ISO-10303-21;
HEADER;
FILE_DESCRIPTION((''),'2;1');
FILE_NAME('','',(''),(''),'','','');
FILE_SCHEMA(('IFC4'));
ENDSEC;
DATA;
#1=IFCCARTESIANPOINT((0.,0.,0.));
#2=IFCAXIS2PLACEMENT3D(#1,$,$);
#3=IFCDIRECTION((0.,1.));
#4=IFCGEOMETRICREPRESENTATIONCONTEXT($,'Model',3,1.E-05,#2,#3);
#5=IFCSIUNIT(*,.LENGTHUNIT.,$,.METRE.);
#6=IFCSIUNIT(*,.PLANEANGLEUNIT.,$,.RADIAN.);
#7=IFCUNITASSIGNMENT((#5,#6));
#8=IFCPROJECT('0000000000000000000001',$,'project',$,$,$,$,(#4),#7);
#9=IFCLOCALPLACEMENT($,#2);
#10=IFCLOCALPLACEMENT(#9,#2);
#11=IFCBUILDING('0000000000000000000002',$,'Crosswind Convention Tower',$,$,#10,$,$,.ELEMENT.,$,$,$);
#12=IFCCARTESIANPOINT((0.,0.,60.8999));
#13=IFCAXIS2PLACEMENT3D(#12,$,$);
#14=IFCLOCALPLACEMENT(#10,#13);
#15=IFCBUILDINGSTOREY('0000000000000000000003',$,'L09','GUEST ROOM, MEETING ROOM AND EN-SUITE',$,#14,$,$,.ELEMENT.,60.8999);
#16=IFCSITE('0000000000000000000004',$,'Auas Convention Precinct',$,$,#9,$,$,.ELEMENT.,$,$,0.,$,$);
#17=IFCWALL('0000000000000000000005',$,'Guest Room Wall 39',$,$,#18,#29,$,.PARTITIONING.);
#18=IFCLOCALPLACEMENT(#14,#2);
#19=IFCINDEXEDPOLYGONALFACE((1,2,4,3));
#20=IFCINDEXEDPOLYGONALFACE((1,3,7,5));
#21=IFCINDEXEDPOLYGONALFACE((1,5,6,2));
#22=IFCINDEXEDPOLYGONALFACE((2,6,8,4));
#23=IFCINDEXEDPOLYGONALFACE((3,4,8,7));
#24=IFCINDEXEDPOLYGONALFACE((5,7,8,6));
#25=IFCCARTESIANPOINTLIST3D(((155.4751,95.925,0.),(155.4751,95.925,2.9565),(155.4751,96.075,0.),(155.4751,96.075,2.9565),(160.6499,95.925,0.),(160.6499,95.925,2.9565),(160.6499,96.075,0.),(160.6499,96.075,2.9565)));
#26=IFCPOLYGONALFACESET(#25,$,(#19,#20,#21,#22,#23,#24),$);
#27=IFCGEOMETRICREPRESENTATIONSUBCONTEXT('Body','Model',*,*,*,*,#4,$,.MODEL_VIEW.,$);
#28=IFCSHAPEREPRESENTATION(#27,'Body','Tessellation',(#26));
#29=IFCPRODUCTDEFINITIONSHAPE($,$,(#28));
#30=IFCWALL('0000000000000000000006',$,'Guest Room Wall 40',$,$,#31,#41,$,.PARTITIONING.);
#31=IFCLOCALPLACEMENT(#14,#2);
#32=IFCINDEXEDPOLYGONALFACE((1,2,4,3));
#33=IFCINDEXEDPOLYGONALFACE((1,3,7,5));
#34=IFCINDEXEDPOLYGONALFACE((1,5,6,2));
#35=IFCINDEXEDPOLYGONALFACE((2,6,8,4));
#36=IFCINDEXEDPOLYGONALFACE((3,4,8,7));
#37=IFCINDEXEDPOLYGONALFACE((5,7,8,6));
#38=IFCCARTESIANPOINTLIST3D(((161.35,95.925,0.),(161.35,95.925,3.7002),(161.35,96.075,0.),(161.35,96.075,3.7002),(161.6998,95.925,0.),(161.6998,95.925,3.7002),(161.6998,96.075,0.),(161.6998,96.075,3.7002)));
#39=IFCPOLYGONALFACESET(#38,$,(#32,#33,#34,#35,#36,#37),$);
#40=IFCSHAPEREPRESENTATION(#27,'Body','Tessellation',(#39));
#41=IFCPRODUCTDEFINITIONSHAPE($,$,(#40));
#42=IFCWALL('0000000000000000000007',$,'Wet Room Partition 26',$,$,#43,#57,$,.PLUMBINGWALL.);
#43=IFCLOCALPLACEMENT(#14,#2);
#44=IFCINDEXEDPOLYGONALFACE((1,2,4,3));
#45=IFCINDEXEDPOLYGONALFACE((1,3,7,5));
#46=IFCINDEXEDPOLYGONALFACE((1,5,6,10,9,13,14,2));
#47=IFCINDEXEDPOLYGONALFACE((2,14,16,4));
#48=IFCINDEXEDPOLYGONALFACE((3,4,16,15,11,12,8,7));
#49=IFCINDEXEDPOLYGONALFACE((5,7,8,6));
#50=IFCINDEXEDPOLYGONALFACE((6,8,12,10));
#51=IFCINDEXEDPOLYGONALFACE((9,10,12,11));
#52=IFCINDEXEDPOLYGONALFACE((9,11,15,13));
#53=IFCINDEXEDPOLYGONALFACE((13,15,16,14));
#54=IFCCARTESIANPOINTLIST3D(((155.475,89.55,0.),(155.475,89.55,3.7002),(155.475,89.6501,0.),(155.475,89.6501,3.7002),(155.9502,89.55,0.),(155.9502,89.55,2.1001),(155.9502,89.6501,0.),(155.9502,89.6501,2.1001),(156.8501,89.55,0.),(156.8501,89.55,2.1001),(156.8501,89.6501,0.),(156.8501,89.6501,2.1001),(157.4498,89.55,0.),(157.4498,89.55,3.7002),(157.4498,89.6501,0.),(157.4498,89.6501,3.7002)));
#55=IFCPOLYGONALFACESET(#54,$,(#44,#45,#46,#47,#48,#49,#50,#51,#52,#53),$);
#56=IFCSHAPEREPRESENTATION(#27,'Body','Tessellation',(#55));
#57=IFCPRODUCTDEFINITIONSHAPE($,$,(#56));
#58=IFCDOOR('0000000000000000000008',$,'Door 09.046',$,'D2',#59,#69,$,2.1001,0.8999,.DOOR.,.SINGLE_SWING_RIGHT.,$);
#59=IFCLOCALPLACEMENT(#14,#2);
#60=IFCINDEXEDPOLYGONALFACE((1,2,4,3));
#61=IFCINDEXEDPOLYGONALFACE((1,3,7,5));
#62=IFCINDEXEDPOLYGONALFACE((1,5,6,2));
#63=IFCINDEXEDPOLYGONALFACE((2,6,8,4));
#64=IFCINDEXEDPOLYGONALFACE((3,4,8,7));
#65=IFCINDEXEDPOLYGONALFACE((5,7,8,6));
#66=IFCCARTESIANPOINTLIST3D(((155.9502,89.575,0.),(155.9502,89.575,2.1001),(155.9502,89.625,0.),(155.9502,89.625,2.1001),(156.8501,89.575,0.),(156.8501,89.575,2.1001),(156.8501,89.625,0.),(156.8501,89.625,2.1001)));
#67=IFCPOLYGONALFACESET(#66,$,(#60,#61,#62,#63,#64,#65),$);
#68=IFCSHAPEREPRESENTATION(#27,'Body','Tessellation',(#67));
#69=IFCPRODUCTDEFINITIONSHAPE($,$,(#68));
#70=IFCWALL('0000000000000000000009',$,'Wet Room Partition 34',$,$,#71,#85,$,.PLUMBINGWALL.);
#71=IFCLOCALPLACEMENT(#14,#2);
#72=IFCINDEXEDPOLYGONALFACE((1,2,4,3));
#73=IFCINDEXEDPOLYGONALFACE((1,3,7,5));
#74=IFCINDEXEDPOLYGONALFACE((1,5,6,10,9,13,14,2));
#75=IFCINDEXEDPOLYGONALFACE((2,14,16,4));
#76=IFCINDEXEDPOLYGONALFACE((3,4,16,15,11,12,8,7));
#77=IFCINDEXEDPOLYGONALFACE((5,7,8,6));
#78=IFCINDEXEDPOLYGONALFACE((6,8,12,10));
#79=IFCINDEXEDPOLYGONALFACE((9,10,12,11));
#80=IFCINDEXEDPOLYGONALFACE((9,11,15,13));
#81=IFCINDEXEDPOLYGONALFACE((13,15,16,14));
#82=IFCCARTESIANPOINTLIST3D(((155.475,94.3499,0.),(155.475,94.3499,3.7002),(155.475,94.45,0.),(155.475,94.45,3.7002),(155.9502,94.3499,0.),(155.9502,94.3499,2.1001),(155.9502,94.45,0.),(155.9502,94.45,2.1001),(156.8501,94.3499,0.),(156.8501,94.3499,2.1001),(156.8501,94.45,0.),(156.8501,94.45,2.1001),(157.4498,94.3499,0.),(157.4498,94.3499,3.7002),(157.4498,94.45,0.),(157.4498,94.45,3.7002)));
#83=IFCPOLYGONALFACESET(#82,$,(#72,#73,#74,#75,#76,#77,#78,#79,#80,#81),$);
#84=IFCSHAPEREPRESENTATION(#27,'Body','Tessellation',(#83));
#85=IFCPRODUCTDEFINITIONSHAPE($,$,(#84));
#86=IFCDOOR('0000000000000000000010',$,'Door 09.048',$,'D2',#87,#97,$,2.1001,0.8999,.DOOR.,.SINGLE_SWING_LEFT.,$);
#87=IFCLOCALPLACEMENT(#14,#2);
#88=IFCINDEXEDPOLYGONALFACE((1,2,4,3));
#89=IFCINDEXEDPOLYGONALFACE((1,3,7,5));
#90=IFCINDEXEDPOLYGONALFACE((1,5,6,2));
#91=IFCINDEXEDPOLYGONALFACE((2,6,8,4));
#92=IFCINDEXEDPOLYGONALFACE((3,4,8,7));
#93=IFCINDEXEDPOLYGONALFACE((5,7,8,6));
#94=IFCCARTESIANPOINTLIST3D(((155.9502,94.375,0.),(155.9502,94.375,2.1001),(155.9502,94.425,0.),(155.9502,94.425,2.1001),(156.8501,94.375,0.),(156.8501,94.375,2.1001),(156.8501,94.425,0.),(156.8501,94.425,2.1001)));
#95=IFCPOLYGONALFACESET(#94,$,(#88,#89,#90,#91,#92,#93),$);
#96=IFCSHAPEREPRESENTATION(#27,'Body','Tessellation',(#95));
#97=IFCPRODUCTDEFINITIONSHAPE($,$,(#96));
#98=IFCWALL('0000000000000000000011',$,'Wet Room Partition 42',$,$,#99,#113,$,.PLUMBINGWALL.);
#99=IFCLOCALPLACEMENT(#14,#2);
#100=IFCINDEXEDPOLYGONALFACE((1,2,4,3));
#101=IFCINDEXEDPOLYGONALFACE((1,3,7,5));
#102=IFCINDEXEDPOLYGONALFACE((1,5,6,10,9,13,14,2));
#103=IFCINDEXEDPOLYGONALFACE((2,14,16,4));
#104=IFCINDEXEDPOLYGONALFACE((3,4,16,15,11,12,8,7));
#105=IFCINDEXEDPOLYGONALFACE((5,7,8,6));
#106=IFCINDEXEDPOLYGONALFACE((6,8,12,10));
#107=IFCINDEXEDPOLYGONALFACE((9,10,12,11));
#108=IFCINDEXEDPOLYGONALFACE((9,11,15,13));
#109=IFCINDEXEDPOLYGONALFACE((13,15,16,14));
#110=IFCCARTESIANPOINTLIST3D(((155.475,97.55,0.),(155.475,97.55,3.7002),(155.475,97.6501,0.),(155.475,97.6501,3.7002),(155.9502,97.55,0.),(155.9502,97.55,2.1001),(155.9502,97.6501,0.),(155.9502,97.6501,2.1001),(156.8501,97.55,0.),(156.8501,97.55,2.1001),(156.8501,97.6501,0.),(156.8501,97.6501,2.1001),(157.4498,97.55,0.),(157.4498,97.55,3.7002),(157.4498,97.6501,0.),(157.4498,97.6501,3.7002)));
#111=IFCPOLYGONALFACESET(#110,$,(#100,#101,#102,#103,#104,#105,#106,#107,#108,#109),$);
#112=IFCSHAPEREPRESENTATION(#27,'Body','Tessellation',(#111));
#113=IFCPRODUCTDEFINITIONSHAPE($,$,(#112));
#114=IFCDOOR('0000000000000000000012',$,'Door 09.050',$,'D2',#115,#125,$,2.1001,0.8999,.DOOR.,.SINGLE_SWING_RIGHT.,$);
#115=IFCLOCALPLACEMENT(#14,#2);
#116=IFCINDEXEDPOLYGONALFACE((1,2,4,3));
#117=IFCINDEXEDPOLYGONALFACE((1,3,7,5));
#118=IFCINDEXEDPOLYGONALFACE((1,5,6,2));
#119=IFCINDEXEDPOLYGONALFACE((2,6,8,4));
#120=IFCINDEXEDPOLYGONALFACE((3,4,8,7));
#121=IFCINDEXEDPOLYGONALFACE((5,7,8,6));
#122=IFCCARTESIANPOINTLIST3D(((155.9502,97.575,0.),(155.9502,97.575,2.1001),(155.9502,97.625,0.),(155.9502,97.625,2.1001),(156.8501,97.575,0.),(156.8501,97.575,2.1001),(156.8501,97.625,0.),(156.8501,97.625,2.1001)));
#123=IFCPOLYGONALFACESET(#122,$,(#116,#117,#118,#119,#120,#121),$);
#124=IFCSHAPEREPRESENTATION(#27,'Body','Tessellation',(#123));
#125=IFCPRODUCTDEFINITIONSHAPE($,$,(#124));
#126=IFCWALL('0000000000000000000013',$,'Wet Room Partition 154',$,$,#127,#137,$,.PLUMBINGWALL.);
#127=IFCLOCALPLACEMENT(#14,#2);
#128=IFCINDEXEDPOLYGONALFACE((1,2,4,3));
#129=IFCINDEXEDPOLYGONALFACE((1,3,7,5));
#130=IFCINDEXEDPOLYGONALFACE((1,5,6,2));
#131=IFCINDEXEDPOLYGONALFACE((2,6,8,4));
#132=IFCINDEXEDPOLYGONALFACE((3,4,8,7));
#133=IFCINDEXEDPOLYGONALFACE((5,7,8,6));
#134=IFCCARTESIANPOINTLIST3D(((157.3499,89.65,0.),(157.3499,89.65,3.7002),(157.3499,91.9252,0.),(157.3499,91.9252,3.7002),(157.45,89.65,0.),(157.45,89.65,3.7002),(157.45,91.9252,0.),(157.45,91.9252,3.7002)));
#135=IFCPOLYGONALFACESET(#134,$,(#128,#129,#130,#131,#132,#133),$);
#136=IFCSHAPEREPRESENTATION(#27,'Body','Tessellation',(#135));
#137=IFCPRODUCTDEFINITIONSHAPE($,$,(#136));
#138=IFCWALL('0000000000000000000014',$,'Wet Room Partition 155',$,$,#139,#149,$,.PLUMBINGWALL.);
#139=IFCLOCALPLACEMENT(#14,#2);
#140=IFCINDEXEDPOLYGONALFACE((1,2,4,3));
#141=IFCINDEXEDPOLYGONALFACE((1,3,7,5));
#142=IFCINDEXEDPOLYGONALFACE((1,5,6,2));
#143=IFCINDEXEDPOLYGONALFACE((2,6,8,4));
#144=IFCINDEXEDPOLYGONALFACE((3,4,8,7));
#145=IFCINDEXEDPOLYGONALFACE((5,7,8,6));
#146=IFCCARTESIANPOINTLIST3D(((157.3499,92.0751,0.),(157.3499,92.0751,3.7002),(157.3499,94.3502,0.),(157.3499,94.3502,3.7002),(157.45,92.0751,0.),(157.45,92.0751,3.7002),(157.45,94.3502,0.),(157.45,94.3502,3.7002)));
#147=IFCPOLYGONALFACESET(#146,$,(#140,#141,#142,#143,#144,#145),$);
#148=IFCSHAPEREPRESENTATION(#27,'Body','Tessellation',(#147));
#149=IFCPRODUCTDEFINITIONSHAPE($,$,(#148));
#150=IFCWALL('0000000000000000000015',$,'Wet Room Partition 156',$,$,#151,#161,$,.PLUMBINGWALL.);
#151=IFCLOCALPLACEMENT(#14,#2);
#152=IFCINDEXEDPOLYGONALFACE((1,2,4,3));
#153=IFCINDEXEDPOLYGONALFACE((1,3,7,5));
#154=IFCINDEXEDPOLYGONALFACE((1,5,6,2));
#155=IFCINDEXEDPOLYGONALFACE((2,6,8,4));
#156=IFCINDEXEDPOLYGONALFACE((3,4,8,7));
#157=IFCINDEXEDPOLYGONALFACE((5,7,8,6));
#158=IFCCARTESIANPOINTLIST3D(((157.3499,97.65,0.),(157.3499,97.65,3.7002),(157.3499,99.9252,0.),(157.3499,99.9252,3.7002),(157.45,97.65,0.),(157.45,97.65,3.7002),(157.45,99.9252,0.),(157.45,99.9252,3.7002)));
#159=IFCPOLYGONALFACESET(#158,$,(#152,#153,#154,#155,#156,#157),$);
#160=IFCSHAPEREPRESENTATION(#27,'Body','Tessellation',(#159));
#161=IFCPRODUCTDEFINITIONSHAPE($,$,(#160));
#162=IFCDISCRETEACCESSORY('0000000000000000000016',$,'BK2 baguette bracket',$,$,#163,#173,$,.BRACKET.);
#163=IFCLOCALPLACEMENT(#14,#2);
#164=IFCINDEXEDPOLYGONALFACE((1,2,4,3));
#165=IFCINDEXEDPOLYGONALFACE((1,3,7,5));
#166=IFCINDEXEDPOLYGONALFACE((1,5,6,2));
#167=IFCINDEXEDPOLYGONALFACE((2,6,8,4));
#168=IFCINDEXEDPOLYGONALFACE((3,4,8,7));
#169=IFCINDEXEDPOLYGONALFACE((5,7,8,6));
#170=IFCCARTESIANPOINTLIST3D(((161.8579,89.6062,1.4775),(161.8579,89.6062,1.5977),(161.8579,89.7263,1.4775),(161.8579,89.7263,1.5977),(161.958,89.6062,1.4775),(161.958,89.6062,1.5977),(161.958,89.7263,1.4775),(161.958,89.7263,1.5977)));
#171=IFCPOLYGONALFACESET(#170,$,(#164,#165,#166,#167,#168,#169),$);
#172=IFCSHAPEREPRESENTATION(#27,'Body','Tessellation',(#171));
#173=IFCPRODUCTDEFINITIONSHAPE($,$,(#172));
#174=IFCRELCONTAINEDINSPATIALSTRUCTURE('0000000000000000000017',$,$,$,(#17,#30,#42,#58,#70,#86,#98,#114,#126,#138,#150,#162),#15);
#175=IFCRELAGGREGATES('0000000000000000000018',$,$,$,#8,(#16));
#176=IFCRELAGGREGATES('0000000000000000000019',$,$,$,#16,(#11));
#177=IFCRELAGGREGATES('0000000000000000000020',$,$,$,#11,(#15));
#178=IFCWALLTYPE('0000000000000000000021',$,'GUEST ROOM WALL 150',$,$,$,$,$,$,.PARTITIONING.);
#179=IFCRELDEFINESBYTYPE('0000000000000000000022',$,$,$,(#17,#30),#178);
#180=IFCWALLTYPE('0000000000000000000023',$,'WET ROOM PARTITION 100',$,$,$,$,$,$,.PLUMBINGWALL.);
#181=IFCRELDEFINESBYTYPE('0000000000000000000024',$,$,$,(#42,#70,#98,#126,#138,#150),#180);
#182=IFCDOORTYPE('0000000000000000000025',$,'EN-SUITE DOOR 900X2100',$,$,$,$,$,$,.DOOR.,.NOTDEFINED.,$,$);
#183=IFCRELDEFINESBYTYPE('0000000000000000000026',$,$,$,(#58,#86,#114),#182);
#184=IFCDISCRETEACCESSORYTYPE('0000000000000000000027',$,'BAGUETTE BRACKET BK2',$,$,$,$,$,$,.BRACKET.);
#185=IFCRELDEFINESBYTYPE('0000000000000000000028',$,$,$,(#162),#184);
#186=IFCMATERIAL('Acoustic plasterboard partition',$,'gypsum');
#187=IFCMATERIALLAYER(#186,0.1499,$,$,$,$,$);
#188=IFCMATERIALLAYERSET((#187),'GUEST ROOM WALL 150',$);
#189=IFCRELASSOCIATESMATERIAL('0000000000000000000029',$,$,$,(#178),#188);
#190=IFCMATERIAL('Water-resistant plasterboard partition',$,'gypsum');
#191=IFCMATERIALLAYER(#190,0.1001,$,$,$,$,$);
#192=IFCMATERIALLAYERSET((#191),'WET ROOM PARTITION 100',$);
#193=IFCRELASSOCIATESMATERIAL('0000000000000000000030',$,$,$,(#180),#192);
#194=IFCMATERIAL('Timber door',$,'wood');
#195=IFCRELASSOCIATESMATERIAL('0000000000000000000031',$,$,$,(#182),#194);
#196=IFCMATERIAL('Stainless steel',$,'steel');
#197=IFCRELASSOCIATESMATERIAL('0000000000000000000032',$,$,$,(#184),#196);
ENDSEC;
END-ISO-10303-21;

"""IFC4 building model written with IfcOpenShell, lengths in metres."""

from ifc_helpers import new_model, si_unit, direction, frame, frame_2d, origin, origin_2d, place, context, subcontext, project, spatial, rectangle, extrude, material, layer, layer_set, type_object, element, fill, save


model = new_model("IFC4")

# Units and contexts
model_context = context("Model", 3, precision=1e-05, world=origin(), true_north=direction((0.0, 1.0)))
body_context = subcontext(model_context, "Body", "Model", "MODEL_VIEW")
ifc_project = project(units=[si_unit("LENGTHUNIT", "METRE"), si_unit("PLANEANGLEUNIT", "RADIAN")], contexts=[model_context])

# Site, building, storey
site_placement = place(None, origin())
site = spatial("IfcSite", under=ifc_project, at=site_placement, Name="Auas Convention Precinct", CompositionType="ELEMENT", RefElevation=0.0)
building_placement = place(site_placement, origin())
building = spatial("IfcBuilding", under=site, at=building_placement, Name="Crosswind Convention Tower", CompositionType="ELEMENT")
storey_placement = place(building_placement, frame((0.0, 0.0, 60.8999)))
storey = spatial("IfcBuildingStorey", under=building, at=storey_placement, Name="L09", Description="GUEST ROOM, MEETING ROOM AND EN-SUITE", CompositionType="ELEMENT", Elevation=60.8999)

# Walls
ifc_material_1 = material(Name="Acoustic plasterboard partition", Category="gypsum")
ifc_layer_1 = layer(ifc_material_1, 0.1499)
ifc_layer_set_1 = layer_set([ifc_layer_1], Name="GUEST ROOM WALL 150")
wall_type_1 = type_object("IfcWallType", Name="GUEST ROOM WALL 150", PredefinedType="PARTITIONING", material=ifc_layer_set_1)
wall_1_placement = place(storey_placement, frame((155.4751, 96.0, 0.0), z_axis=(0.0, 0.0, 1.0), x_axis=(1.0, 0.0, 0.0)))
element("IfcWall", 1, at=wall_1_placement, inside=storey, type_object=wall_type_1, Name="Guest Room Wall 39", PredefinedType="PARTITIONING", context=body_context, shape_type="SweptSolid", body=[
    extrude(rectangle(XDim=5.1748, YDim=0.1499, at=frame_2d((2.5874, 0.0))), origin(), (0.0, 0.0, 1.0), 2.9565),
])
wall_2_placement = place(storey_placement, frame((161.3501, 96.0, 0.0), z_axis=(0.0, 0.0, 1.0), x_axis=(1.0, 0.0, 0.0)))
element("IfcWall", 2, at=wall_2_placement, inside=storey, type_object=wall_type_1, Name="Guest Room Wall 40", PredefinedType="PARTITIONING", context=body_context, shape_type="SweptSolid", body=[
    extrude(rectangle(XDim=0.3499, YDim=0.1499, at=frame_2d((0.1748, 0.0))), origin(), (0.0, 0.0, 1.0), 3.7002),
])

# Walls, openings, doors
ifc_material_2 = material(Name="Water-resistant plasterboard partition", Category="gypsum")
ifc_layer_2 = layer(ifc_material_2, 0.1001)
ifc_layer_set_2 = layer_set([ifc_layer_2], Name="WET ROOM PARTITION 100")
wall_type_2 = type_object("IfcWallType", Name="WET ROOM PARTITION 100", PredefinedType="PLUMBINGWALL", material=ifc_layer_set_2)
wall_3_placement = place(storey_placement, frame((155.4751, 89.6001, 0.0), z_axis=(0.0, 0.0, 1.0), x_axis=(1.0, 0.0, 0.0)))
wall_3 = element("IfcWall", 3, at=wall_3_placement, inside=storey, type_object=wall_type_2, Name="Wet Room Partition 26", PredefinedType="PLUMBINGWALL", context=body_context, shape_type="SweptSolid", body=[
    extrude(rectangle(XDim=1.9749, YDim=0.1001, at=frame_2d((0.9873, 0.0))), origin(), (0.0, 0.0, 1.0), 3.7002),
])
opening_1_placement = place(wall_3_placement, frame((0.4751, 0.0, 0.0)))
opening_1 = element("IfcOpeningElement", 4, at=opening_1_placement, cuts=wall_3, PredefinedType="OPENING", context=body_context, shape_type="SweptSolid", body=[
    extrude(rectangle(XDim=0.8999, YDim=2.1001, at=frame_2d((0.45, 1.05))), frame((0.0, 0.0601, 0.0), z_axis=(0.0, -1.0, 0.0), x_axis=(1.0, 0.0, 0.0)), (0.0, 0.0, 1.0), 0.1201),
])
ifc_material_3 = material(Name="Timber door", Category="wood")
door_type = type_object("IfcDoorType", Name="EN-SUITE DOOR 900X2100", OperationType="NOTDEFINED", PredefinedType="DOOR", material=ifc_material_3)
door_1_placement = place(opening_1_placement, origin())
door_1 = element("IfcDoor", 5, at=door_1_placement, inside=storey, type_object=door_type, Name="Door 09.046", ObjectType="D2", OperationType="SINGLE_SWING_RIGHT", OverallHeight=2.1001, OverallWidth=0.8999, PredefinedType="DOOR", context=body_context, shape_type="SweptSolid", body=[
    extrude(rectangle(XDim=0.8999, YDim=2.1001, at=frame_2d((0.45, 1.05))), frame((0.0, 0.0249, 0.0), z_axis=(0.0, -1.0, 0.0), x_axis=(1.0, 0.0, 0.0)), (0.0, 0.0, 1.0), 0.05),
])
fill(opening_1, door_1)
wall_4_placement = place(storey_placement, frame((155.4751, 94.3999, 0.0), z_axis=(0.0, 0.0, 1.0), x_axis=(1.0, 0.0, 0.0)))
wall_4 = element("IfcWall", 6, at=wall_4_placement, inside=storey, type_object=wall_type_2, Name="Wet Room Partition 34", PredefinedType="PLUMBINGWALL", context=body_context, shape_type="SweptSolid", body=[
    extrude(rectangle(XDim=1.9749, YDim=0.1001, at=frame_2d((0.9873, 0.0))), origin(), (0.0, 0.0, 1.0), 3.7002),
])
opening_2_placement = place(wall_4_placement, frame((0.4751, 0.0, 0.0)))
opening_2 = element("IfcOpeningElement", 7, at=opening_2_placement, cuts=wall_4, PredefinedType="OPENING", context=body_context, shape_type="SweptSolid", body=[
    extrude(rectangle(XDim=0.8999, YDim=2.1001, at=frame_2d((0.45, 1.05))), frame((0.0, 0.0601, 0.0), z_axis=(0.0, -1.0, 0.0), x_axis=(1.0, 0.0, 0.0)), (0.0, 0.0, 1.0), 0.1201),
])
door_2_placement = place(opening_2_placement, frame((0.8999, 0.0, 0.0), z_axis=(0.0, 0.0, 1.0), x_axis=(-1.0, 0.0, 0.0)))
door_2 = element("IfcDoor", 8, at=door_2_placement, inside=storey, type_object=door_type, Name="Door 09.048", ObjectType="D2", OperationType="SINGLE_SWING_LEFT", OverallHeight=2.1001, OverallWidth=0.8999, PredefinedType="DOOR", context=body_context, shape_type="SweptSolid", body=[
    extrude(rectangle(XDim=0.8999, YDim=2.1001, at=frame_2d((0.45, 1.05))), frame((0.0, 0.0249, 0.0), z_axis=(0.0, -1.0, 0.0), x_axis=(1.0, 0.0, 0.0)), (0.0, 0.0, 1.0), 0.05),
])
fill(opening_2, door_2)
wall_5_placement = place(storey_placement, frame((155.4751, 97.6001, 0.0), z_axis=(0.0, 0.0, 1.0), x_axis=(1.0, 0.0, 0.0)))
wall_5 = element("IfcWall", 9, at=wall_5_placement, inside=storey, type_object=wall_type_2, Name="Wet Room Partition 42", PredefinedType="PLUMBINGWALL", context=body_context, shape_type="SweptSolid", body=[
    extrude(rectangle(XDim=1.9749, YDim=0.1001, at=frame_2d((0.9873, 0.0))), origin(), (0.0, 0.0, 1.0), 3.7002),
])
opening_3_placement = place(wall_5_placement, frame((0.4751, 0.0, 0.0)))
opening_3 = element("IfcOpeningElement", 10, at=opening_3_placement, cuts=wall_5, PredefinedType="OPENING", context=body_context, shape_type="SweptSolid", body=[
    extrude(rectangle(XDim=0.8999, YDim=2.1001, at=frame_2d((0.45, 1.05))), frame((0.0, 0.0601, 0.0), z_axis=(0.0, -1.0, 0.0), x_axis=(1.0, 0.0, 0.0)), (0.0, 0.0, 1.0), 0.1201),
])
door_3_placement = place(opening_3_placement, origin())
door_3 = element("IfcDoor", 11, at=door_3_placement, inside=storey, type_object=door_type, Name="Door 09.050", ObjectType="D2", OperationType="SINGLE_SWING_RIGHT", OverallHeight=2.1001, OverallWidth=0.8999, PredefinedType="DOOR", context=body_context, shape_type="SweptSolid", body=[
    extrude(rectangle(XDim=0.8999, YDim=2.1001, at=frame_2d((0.45, 1.05))), frame((0.0, 0.0249, 0.0), z_axis=(0.0, -1.0, 0.0), x_axis=(1.0, 0.0, 0.0)), (0.0, 0.0, 1.0), 0.05),
])
fill(opening_3, door_3)

# Walls
for number, where, z_axis, x_axis, name in (
    (12, (157.3999, 89.6499, 0.0), (0.0, 0.0, 1.0), (0.0, 1.0, 0.0), "Wet Room Partition 154"),
    (13, (157.3999, 92.075, 0.0), (0.0, 0.0, 1.0), (0.0, 1.0, 0.0), "Wet Room Partition 155"),
    (14, (157.3999, 97.6499, 0.0), (0.0, 0.0, 1.0), (0.0, 1.0, 0.0), "Wet Room Partition 156"),
):
    element("IfcWall", number, at=place(storey_placement, frame(where, z_axis=z_axis, x_axis=x_axis)), inside=storey, type_object=wall_type_2, Name=name, PredefinedType="PLUMBINGWALL", context=body_context, shape_type="SweptSolid", body=[
        extrude(rectangle(XDim=2.2751, YDim=0.1001, at=frame_2d((1.1377, 0.0))), origin(), (0.0, 0.0, 1.0), 3.7002),
    ])

# Discrete accessory
ifc_material_4 = material(Name="Stainless steel", Category="steel")
discrete_accessory_type = type_object("IfcDiscreteAccessoryType", Name="BAGUETTE BRACKET BK2", PredefinedType="BRACKET", material=ifc_material_4)
discrete_accessory_placement = place(storey_placement, frame((161.908, 89.6663, 1.4775), z_axis=(0.0, 0.0, 1.0), x_axis=(0.0, 1.0, 0.0)))
element("IfcDiscreteAccessory", 15, at=discrete_accessory_placement, inside=storey, type_object=discrete_accessory_type, Name="BK2 baguette bracket", PredefinedType="BRACKET", context=body_context, shape_type="SweptSolid", body=[
    extrude(rectangle(XDim=0.1201, YDim=0.1001, at=origin_2d()), origin(), (0.0, 0.0, 1.0), 0.1201),
])

save(model, "model.ifc")
